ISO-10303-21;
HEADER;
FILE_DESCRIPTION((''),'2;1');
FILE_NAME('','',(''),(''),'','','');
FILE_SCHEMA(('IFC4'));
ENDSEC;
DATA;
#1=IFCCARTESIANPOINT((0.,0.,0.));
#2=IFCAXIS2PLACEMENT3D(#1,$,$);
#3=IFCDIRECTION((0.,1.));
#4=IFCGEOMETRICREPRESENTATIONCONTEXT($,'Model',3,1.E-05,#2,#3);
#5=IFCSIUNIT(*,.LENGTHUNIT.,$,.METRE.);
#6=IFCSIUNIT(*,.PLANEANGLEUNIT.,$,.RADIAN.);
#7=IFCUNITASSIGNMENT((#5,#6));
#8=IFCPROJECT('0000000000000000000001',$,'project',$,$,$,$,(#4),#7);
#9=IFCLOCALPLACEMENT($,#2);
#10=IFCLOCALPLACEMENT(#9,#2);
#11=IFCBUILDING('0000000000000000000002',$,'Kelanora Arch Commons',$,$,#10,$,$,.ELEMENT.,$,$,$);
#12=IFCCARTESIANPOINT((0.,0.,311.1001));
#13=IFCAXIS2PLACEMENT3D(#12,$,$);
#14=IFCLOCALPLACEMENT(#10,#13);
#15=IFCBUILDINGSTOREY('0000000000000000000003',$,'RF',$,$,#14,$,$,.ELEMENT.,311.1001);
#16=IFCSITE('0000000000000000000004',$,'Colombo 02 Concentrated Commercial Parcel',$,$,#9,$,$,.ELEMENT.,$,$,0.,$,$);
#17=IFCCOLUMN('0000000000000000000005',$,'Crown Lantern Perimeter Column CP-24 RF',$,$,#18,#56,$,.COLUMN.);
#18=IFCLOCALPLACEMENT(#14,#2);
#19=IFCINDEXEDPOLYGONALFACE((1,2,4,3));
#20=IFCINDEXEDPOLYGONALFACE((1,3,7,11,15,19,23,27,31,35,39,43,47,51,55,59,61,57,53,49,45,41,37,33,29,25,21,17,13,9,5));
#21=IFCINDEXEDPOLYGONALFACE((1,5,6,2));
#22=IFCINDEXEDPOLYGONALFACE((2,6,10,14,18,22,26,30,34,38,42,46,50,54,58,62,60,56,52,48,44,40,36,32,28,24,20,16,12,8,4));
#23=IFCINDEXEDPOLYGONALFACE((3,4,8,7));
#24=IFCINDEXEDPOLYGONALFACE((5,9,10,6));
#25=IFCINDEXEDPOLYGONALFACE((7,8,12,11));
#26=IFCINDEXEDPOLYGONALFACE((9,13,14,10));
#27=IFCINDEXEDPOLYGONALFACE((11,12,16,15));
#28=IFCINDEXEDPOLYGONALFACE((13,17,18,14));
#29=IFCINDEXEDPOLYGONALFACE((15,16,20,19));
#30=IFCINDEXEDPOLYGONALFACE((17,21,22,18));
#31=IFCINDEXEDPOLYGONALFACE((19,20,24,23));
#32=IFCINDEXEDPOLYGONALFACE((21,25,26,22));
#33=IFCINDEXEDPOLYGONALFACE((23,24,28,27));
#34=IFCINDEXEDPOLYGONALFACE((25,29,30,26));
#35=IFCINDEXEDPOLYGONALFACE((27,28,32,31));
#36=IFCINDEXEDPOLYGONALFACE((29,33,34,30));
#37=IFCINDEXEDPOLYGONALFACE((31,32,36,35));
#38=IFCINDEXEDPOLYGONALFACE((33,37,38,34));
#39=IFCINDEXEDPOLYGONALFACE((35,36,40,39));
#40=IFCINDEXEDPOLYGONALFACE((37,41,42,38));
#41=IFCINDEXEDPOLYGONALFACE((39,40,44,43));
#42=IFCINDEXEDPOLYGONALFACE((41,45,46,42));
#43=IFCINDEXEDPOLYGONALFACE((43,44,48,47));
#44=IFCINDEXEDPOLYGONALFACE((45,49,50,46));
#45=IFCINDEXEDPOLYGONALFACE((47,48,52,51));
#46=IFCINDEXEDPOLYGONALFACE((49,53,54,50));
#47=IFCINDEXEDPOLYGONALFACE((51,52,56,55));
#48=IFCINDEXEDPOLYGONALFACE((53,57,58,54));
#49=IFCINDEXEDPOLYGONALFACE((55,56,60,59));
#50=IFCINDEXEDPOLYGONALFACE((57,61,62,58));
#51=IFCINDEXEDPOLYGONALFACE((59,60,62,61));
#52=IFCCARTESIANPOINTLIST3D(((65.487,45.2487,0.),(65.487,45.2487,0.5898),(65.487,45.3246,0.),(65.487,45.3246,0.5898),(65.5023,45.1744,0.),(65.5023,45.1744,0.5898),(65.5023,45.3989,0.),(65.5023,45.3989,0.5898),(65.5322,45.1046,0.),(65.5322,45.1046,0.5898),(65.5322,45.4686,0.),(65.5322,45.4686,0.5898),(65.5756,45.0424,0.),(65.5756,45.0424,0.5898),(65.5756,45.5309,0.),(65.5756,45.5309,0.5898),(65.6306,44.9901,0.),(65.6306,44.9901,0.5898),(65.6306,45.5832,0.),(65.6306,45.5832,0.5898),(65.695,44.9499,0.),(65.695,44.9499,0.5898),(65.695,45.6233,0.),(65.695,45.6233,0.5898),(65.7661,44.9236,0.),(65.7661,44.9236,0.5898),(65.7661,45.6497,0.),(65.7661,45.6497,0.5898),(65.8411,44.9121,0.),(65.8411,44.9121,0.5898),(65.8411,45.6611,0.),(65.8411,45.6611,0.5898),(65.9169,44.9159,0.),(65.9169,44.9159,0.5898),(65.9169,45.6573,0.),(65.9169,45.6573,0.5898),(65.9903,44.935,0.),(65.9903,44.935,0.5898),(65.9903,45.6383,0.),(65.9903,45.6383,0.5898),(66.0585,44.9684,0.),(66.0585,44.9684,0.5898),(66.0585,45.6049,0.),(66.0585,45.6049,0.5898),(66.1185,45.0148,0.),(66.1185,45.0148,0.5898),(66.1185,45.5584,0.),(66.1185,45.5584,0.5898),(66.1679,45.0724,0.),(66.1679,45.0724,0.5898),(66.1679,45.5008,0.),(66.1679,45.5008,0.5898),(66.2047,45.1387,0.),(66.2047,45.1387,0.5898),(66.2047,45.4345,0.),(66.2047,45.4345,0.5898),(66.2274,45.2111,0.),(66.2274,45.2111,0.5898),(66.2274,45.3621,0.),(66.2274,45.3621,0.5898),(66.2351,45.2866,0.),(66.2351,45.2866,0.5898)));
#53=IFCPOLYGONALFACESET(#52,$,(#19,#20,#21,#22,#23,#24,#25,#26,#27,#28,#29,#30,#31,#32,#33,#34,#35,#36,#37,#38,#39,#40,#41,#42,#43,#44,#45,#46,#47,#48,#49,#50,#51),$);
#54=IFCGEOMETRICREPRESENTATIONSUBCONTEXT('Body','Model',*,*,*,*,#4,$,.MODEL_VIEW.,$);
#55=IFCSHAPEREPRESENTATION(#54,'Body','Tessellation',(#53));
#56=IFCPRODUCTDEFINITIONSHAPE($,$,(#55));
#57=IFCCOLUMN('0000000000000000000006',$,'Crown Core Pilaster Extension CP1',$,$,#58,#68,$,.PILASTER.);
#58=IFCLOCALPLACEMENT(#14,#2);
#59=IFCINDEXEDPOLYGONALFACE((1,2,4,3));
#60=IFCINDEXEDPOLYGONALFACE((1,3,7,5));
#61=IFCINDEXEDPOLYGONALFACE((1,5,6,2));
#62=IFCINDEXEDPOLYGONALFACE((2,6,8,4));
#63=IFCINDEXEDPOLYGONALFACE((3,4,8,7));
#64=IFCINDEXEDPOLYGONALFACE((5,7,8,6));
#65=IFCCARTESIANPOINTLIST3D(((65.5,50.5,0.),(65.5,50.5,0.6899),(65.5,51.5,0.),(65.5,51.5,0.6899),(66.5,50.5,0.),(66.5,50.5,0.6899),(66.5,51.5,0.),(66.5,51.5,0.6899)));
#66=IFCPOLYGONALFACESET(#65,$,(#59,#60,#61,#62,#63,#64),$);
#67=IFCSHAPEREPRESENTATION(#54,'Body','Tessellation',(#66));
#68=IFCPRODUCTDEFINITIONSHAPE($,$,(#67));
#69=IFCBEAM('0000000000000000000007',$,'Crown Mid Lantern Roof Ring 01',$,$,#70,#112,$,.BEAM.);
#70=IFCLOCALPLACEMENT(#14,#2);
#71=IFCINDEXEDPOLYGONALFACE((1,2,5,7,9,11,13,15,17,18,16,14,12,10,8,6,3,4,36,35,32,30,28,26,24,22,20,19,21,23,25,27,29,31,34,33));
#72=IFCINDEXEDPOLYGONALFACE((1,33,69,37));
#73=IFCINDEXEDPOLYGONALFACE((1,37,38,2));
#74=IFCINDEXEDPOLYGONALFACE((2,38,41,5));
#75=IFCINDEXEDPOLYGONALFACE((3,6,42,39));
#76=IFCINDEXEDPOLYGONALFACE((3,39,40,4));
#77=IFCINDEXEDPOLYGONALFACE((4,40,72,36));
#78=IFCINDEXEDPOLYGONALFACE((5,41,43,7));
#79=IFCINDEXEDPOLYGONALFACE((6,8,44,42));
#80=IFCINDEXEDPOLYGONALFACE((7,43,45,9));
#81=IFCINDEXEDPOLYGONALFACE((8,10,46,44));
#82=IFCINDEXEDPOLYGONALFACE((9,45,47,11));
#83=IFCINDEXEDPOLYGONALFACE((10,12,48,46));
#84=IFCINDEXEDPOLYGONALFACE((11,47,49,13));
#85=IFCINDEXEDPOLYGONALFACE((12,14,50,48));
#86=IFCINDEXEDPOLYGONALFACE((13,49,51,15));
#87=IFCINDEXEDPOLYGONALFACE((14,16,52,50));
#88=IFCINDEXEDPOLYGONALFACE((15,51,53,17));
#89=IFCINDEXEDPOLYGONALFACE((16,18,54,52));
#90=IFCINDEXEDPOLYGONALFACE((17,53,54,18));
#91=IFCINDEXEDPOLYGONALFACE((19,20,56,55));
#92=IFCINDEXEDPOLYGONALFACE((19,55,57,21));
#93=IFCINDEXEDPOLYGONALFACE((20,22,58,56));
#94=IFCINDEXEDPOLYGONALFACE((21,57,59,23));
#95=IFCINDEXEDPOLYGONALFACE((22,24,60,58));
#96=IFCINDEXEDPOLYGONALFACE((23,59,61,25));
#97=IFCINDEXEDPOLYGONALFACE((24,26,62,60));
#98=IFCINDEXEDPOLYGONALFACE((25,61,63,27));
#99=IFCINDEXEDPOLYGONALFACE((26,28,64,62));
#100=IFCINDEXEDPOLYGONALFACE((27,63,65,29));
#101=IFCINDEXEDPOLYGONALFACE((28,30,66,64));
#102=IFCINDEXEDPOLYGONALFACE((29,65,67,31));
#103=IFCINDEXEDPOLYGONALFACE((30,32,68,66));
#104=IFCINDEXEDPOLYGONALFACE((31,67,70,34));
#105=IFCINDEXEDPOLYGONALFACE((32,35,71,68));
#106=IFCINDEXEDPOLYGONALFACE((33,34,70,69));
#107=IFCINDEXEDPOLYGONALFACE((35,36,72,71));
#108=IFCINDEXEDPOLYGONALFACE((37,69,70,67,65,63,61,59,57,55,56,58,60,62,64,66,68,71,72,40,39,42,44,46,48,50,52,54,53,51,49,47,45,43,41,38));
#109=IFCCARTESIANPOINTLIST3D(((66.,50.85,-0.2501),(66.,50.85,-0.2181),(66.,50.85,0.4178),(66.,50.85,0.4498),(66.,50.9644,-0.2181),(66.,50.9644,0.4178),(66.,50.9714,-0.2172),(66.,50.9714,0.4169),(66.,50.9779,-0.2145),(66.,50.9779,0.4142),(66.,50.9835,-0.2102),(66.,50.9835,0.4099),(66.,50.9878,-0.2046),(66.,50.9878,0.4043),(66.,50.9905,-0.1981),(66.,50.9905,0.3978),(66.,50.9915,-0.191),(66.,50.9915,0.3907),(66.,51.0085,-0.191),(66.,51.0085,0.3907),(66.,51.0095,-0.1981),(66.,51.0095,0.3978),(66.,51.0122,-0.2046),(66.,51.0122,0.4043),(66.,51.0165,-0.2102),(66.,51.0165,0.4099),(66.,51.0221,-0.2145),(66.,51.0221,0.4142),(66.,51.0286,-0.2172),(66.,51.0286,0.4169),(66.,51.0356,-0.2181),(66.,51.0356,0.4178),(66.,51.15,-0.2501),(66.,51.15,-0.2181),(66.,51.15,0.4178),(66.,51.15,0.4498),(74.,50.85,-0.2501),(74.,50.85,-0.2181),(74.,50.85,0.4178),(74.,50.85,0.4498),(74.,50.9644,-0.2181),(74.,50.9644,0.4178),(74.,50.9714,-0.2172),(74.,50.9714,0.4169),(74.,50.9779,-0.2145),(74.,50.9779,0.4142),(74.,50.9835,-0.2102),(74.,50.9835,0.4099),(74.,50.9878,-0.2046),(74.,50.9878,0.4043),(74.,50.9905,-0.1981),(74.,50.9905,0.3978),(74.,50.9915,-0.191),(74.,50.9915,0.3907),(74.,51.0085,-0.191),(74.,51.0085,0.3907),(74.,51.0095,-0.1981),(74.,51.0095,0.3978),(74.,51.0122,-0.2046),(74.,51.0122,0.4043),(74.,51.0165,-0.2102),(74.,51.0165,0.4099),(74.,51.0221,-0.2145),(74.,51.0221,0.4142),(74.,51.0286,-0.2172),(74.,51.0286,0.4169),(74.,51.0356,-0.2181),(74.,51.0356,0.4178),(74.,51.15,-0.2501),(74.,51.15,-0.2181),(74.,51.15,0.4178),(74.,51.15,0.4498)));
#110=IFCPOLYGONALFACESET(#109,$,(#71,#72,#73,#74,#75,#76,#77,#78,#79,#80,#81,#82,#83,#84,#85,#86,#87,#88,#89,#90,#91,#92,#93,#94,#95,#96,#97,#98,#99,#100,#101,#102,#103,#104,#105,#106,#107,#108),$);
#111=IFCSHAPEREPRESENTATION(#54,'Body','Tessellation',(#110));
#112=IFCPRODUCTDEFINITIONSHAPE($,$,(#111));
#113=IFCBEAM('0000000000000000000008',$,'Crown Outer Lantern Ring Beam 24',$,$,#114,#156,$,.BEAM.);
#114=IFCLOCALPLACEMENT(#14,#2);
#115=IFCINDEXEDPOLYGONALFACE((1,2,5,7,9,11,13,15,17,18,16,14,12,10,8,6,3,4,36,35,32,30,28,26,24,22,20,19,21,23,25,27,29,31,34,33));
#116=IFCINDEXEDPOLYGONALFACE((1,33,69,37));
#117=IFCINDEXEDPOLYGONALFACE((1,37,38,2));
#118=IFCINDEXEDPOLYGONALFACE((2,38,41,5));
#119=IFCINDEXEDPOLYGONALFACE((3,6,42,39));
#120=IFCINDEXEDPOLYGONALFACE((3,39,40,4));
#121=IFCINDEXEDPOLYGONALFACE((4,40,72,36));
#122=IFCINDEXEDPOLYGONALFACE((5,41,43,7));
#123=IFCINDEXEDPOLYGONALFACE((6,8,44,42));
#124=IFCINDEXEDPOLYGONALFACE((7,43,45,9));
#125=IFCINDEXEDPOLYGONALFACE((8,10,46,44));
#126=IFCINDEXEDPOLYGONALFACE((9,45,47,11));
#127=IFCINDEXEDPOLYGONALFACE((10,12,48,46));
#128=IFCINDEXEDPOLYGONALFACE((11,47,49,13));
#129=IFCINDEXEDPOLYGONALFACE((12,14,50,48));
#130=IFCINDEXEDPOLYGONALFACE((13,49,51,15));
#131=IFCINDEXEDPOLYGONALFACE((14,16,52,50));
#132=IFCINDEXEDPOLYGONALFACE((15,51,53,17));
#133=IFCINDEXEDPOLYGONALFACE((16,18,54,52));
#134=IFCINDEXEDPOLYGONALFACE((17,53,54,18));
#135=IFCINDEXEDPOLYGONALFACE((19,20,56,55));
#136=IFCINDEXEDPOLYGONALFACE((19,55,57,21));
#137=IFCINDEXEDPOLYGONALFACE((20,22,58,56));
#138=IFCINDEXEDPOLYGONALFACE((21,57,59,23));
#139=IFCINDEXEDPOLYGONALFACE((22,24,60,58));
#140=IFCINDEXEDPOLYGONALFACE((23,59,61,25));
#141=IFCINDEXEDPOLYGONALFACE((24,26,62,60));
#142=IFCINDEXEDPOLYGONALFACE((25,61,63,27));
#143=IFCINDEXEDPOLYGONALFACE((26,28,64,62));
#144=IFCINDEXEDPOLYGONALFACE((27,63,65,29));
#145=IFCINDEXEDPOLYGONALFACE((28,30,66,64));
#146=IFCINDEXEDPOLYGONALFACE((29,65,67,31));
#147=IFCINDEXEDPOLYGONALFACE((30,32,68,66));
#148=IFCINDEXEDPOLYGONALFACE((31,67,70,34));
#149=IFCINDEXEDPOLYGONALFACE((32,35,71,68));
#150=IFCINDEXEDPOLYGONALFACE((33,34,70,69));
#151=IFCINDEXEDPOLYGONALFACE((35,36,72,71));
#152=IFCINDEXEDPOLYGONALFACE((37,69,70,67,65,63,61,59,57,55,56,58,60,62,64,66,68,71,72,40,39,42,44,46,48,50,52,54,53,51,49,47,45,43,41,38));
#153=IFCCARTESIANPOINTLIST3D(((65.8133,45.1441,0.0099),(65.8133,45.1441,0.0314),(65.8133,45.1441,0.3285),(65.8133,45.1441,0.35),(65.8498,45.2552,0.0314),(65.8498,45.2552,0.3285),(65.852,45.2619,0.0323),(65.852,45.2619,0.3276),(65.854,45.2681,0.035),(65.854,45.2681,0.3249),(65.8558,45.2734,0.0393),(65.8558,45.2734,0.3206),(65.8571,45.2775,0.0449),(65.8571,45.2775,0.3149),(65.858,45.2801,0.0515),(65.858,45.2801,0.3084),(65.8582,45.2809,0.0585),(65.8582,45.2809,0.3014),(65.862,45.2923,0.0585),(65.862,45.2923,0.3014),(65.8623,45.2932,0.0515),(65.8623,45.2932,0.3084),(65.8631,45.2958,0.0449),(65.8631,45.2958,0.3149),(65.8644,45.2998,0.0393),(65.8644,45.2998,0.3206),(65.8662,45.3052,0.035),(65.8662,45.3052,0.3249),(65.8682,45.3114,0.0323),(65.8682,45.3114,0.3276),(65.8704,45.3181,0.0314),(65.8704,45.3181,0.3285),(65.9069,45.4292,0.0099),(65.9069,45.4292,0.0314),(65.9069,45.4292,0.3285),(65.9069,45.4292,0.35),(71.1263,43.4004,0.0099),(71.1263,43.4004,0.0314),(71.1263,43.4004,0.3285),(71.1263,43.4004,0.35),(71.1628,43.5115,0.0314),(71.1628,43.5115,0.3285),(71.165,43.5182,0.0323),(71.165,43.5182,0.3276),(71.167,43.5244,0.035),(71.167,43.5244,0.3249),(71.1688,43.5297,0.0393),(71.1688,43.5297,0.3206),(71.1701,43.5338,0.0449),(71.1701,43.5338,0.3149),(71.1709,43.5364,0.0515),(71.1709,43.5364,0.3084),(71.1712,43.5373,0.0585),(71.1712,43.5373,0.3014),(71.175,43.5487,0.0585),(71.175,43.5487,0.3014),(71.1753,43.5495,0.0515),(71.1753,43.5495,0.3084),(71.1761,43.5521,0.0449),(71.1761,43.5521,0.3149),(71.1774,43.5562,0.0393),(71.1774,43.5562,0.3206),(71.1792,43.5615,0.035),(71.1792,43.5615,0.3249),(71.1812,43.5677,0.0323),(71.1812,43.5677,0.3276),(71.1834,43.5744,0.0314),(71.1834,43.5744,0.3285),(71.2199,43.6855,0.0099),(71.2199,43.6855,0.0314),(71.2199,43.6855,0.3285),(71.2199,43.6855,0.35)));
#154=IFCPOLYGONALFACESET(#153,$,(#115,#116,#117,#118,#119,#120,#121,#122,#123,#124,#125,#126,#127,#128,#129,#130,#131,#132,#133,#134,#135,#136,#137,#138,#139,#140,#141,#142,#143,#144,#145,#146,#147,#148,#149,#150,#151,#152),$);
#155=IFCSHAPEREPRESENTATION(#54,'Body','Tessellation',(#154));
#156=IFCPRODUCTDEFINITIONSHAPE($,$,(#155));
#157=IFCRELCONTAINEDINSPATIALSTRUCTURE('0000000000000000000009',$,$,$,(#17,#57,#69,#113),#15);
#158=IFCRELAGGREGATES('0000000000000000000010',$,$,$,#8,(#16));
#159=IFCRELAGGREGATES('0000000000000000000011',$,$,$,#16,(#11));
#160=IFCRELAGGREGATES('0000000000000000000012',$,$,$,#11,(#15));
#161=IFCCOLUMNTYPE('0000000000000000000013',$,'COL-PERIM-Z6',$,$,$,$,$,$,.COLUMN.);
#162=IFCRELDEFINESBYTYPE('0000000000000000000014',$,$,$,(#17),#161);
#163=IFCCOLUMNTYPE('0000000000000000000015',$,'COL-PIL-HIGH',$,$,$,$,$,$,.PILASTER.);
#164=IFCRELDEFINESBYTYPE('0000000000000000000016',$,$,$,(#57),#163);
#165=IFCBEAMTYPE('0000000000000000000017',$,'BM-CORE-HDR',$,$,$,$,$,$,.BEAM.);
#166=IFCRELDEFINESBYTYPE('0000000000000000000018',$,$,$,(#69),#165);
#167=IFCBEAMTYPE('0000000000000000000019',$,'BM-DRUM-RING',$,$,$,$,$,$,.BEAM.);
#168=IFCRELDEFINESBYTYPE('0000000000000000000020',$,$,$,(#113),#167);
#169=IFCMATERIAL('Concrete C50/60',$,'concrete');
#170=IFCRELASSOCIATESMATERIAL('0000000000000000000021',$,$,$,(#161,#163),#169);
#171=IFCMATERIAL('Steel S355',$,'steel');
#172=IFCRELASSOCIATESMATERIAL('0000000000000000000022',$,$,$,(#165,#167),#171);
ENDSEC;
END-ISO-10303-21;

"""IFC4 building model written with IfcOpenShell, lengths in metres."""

from ifc_helpers import new_model, si_unit, direction, frame, origin, origin_2d, place, context, subcontext, project, spatial, rectangle, circle, i_section, extrude, material, material_profile, profile_set, type_object, element, save


model = new_model("IFC4")

# Units and contexts
model_context = context("Model", 3, precision=1e-05, world=origin(), true_north=direction((0.0, 1.0)))
body_context = subcontext(model_context, "Body", "Model", "MODEL_VIEW")
ifc_project = project(units=[si_unit("LENGTHUNIT", "METRE"), si_unit("PLANEANGLEUNIT", "RADIAN")], contexts=[model_context])

# Site, building, storey
site_placement = place(None, origin())
site = spatial("IfcSite", under=ifc_project, at=site_placement, Name="Colombo 02 Concentrated Commercial Parcel", CompositionType="ELEMENT", RefElevation=0.0)
building_placement = place(site_placement, origin())
building = spatial("IfcBuilding", under=site, at=building_placement, Name="Kelanora Arch Commons", CompositionType="ELEMENT")
storey_placement = place(building_placement, frame((0.0, 0.0, 311.1001)))
storey = spatial("IfcBuildingStorey", under=building, at=storey_placement, Name="RF", CompositionType="ELEMENT", Elevation=311.1001)

# Columns
ifc_material_1 = material(Name="Concrete C50/60", Category="concrete")
ifc_material_profile_1 = material_profile(ifc_material_1, circle(Radius=0.375, at=origin_2d()), Name="RCC750")
ifc_profile_set_1 = profile_set([ifc_material_profile_1], Name="Concrete C50/60")
column_type_1 = type_object("IfcColumnType", Name="COL-PERIM-Z6", PredefinedType="COLUMN", material=ifc_profile_set_1)
column_1_placement = place(storey_placement, frame((65.8601, 45.2866, 0.0), z_axis=(0.0, 0.0, 1.0), x_axis=(1.0, 0.0, 0.0)))
element("IfcColumn", 1, at=column_1_placement, inside=storey, type_object=column_type_1, Name="Crown Lantern Perimeter Column CP-24 RF", PredefinedType="COLUMN", context=body_context, shape_type="SweptSolid", body=[
    extrude(circle(Radius=0.375, at=origin_2d()), origin(), (0.0, 0.0, 1.0), 0.5898),
])
ifc_material_profile_2 = material_profile(ifc_material_1, rectangle(XDim=1.0, YDim=1.0, at=origin_2d()), Name="RC1000x1000")
ifc_profile_set_2 = profile_set([ifc_material_profile_2], Name="Concrete C50/60")
column_type_2 = type_object("IfcColumnType", Name="COL-PIL-HIGH", PredefinedType="PILASTER", material=ifc_profile_set_2)
column_2_placement = place(storey_placement, frame((66.0, 51.0, 0.0), z_axis=(0.0, 0.0, 1.0), x_axis=(1.0, 0.0, 0.0)))
element("IfcColumn", 2, at=column_2_placement, inside=storey, type_object=column_type_2, Name="Crown Core Pilaster Extension CP1", PredefinedType="PILASTER", context=body_context, shape_type="SweptSolid", body=[
    extrude(rectangle(XDim=1.0, YDim=1.0, at=origin_2d()), origin(), (0.0, 0.0, 1.0), 0.6899),
])

# Beams
ifc_material_2 = material(Name="Steel S355", Category="steel")
ifc_material_profile_3 = material_profile(ifc_material_2, i_section(OverallWidth=0.3, OverallDepth=0.7, WebThickness=0.0171, FlangeThickness=0.032, FilletRadius=0.0271, at=origin_2d()), Name="HEB700")
ifc_profile_set_3 = profile_set([ifc_material_profile_3], Name="Steel S355")
beam_type_1 = type_object("IfcBeamType", Name="BM-CORE-HDR", PredefinedType="BEAM", material=ifc_profile_set_3)
beam_1_placement = place(storey_placement, frame((66.0, 51.0, 0.0999), z_axis=(1.0, 0.0, 0.0), x_axis=(0.0, 1.0, 0.0)))
element("IfcBeam", 3, at=beam_1_placement, inside=storey, type_object=beam_type_1, Name="Crown Mid Lantern Roof Ring 01", PredefinedType="BEAM", context=body_context, shape_type="SweptSolid", body=[
    extrude(i_section(OverallWidth=0.3, OverallDepth=0.7, WebThickness=0.0171, FlangeThickness=0.032, FilletRadius=0.0271, at=origin_2d()), origin(), (0.0, 0.0, 1.0), 8.0),
])
ifc_material_profile_4 = material_profile(ifc_material_2, i_section(OverallWidth=0.3, OverallDepth=0.3401, WebThickness=0.012, FlangeThickness=0.0215, FilletRadius=0.0271, at=origin_2d()), Name="HEB340")
ifc_profile_set_4 = profile_set([ifc_material_profile_4], Name="Steel S355")
beam_type_2 = type_object("IfcBeamType", Name="BM-DRUM-RING", PredefinedType="BEAM", material=ifc_profile_set_4)
beam_2_placement = place(storey_placement, frame((65.8601, 45.2866, 0.1799), z_axis=(0.95014, -0.311823, 0.0), x_axis=(0.311823, 0.95014, 0.0)))
element("IfcBeam", 4, at=beam_2_placement, inside=storey, type_object=beam_type_2, Name="Crown Outer Lantern Ring Beam 24", PredefinedType="BEAM", context=body_context, shape_type="SweptSolid", body=[
    extrude(i_section(OverallWidth=0.3, OverallDepth=0.3401, WebThickness=0.012, FlangeThickness=0.0215, FilletRadius=0.0271, at=origin_2d()), origin(), (0.0, 0.0, 1.0), 5.5918),
])

save(model, "model.ifc")
